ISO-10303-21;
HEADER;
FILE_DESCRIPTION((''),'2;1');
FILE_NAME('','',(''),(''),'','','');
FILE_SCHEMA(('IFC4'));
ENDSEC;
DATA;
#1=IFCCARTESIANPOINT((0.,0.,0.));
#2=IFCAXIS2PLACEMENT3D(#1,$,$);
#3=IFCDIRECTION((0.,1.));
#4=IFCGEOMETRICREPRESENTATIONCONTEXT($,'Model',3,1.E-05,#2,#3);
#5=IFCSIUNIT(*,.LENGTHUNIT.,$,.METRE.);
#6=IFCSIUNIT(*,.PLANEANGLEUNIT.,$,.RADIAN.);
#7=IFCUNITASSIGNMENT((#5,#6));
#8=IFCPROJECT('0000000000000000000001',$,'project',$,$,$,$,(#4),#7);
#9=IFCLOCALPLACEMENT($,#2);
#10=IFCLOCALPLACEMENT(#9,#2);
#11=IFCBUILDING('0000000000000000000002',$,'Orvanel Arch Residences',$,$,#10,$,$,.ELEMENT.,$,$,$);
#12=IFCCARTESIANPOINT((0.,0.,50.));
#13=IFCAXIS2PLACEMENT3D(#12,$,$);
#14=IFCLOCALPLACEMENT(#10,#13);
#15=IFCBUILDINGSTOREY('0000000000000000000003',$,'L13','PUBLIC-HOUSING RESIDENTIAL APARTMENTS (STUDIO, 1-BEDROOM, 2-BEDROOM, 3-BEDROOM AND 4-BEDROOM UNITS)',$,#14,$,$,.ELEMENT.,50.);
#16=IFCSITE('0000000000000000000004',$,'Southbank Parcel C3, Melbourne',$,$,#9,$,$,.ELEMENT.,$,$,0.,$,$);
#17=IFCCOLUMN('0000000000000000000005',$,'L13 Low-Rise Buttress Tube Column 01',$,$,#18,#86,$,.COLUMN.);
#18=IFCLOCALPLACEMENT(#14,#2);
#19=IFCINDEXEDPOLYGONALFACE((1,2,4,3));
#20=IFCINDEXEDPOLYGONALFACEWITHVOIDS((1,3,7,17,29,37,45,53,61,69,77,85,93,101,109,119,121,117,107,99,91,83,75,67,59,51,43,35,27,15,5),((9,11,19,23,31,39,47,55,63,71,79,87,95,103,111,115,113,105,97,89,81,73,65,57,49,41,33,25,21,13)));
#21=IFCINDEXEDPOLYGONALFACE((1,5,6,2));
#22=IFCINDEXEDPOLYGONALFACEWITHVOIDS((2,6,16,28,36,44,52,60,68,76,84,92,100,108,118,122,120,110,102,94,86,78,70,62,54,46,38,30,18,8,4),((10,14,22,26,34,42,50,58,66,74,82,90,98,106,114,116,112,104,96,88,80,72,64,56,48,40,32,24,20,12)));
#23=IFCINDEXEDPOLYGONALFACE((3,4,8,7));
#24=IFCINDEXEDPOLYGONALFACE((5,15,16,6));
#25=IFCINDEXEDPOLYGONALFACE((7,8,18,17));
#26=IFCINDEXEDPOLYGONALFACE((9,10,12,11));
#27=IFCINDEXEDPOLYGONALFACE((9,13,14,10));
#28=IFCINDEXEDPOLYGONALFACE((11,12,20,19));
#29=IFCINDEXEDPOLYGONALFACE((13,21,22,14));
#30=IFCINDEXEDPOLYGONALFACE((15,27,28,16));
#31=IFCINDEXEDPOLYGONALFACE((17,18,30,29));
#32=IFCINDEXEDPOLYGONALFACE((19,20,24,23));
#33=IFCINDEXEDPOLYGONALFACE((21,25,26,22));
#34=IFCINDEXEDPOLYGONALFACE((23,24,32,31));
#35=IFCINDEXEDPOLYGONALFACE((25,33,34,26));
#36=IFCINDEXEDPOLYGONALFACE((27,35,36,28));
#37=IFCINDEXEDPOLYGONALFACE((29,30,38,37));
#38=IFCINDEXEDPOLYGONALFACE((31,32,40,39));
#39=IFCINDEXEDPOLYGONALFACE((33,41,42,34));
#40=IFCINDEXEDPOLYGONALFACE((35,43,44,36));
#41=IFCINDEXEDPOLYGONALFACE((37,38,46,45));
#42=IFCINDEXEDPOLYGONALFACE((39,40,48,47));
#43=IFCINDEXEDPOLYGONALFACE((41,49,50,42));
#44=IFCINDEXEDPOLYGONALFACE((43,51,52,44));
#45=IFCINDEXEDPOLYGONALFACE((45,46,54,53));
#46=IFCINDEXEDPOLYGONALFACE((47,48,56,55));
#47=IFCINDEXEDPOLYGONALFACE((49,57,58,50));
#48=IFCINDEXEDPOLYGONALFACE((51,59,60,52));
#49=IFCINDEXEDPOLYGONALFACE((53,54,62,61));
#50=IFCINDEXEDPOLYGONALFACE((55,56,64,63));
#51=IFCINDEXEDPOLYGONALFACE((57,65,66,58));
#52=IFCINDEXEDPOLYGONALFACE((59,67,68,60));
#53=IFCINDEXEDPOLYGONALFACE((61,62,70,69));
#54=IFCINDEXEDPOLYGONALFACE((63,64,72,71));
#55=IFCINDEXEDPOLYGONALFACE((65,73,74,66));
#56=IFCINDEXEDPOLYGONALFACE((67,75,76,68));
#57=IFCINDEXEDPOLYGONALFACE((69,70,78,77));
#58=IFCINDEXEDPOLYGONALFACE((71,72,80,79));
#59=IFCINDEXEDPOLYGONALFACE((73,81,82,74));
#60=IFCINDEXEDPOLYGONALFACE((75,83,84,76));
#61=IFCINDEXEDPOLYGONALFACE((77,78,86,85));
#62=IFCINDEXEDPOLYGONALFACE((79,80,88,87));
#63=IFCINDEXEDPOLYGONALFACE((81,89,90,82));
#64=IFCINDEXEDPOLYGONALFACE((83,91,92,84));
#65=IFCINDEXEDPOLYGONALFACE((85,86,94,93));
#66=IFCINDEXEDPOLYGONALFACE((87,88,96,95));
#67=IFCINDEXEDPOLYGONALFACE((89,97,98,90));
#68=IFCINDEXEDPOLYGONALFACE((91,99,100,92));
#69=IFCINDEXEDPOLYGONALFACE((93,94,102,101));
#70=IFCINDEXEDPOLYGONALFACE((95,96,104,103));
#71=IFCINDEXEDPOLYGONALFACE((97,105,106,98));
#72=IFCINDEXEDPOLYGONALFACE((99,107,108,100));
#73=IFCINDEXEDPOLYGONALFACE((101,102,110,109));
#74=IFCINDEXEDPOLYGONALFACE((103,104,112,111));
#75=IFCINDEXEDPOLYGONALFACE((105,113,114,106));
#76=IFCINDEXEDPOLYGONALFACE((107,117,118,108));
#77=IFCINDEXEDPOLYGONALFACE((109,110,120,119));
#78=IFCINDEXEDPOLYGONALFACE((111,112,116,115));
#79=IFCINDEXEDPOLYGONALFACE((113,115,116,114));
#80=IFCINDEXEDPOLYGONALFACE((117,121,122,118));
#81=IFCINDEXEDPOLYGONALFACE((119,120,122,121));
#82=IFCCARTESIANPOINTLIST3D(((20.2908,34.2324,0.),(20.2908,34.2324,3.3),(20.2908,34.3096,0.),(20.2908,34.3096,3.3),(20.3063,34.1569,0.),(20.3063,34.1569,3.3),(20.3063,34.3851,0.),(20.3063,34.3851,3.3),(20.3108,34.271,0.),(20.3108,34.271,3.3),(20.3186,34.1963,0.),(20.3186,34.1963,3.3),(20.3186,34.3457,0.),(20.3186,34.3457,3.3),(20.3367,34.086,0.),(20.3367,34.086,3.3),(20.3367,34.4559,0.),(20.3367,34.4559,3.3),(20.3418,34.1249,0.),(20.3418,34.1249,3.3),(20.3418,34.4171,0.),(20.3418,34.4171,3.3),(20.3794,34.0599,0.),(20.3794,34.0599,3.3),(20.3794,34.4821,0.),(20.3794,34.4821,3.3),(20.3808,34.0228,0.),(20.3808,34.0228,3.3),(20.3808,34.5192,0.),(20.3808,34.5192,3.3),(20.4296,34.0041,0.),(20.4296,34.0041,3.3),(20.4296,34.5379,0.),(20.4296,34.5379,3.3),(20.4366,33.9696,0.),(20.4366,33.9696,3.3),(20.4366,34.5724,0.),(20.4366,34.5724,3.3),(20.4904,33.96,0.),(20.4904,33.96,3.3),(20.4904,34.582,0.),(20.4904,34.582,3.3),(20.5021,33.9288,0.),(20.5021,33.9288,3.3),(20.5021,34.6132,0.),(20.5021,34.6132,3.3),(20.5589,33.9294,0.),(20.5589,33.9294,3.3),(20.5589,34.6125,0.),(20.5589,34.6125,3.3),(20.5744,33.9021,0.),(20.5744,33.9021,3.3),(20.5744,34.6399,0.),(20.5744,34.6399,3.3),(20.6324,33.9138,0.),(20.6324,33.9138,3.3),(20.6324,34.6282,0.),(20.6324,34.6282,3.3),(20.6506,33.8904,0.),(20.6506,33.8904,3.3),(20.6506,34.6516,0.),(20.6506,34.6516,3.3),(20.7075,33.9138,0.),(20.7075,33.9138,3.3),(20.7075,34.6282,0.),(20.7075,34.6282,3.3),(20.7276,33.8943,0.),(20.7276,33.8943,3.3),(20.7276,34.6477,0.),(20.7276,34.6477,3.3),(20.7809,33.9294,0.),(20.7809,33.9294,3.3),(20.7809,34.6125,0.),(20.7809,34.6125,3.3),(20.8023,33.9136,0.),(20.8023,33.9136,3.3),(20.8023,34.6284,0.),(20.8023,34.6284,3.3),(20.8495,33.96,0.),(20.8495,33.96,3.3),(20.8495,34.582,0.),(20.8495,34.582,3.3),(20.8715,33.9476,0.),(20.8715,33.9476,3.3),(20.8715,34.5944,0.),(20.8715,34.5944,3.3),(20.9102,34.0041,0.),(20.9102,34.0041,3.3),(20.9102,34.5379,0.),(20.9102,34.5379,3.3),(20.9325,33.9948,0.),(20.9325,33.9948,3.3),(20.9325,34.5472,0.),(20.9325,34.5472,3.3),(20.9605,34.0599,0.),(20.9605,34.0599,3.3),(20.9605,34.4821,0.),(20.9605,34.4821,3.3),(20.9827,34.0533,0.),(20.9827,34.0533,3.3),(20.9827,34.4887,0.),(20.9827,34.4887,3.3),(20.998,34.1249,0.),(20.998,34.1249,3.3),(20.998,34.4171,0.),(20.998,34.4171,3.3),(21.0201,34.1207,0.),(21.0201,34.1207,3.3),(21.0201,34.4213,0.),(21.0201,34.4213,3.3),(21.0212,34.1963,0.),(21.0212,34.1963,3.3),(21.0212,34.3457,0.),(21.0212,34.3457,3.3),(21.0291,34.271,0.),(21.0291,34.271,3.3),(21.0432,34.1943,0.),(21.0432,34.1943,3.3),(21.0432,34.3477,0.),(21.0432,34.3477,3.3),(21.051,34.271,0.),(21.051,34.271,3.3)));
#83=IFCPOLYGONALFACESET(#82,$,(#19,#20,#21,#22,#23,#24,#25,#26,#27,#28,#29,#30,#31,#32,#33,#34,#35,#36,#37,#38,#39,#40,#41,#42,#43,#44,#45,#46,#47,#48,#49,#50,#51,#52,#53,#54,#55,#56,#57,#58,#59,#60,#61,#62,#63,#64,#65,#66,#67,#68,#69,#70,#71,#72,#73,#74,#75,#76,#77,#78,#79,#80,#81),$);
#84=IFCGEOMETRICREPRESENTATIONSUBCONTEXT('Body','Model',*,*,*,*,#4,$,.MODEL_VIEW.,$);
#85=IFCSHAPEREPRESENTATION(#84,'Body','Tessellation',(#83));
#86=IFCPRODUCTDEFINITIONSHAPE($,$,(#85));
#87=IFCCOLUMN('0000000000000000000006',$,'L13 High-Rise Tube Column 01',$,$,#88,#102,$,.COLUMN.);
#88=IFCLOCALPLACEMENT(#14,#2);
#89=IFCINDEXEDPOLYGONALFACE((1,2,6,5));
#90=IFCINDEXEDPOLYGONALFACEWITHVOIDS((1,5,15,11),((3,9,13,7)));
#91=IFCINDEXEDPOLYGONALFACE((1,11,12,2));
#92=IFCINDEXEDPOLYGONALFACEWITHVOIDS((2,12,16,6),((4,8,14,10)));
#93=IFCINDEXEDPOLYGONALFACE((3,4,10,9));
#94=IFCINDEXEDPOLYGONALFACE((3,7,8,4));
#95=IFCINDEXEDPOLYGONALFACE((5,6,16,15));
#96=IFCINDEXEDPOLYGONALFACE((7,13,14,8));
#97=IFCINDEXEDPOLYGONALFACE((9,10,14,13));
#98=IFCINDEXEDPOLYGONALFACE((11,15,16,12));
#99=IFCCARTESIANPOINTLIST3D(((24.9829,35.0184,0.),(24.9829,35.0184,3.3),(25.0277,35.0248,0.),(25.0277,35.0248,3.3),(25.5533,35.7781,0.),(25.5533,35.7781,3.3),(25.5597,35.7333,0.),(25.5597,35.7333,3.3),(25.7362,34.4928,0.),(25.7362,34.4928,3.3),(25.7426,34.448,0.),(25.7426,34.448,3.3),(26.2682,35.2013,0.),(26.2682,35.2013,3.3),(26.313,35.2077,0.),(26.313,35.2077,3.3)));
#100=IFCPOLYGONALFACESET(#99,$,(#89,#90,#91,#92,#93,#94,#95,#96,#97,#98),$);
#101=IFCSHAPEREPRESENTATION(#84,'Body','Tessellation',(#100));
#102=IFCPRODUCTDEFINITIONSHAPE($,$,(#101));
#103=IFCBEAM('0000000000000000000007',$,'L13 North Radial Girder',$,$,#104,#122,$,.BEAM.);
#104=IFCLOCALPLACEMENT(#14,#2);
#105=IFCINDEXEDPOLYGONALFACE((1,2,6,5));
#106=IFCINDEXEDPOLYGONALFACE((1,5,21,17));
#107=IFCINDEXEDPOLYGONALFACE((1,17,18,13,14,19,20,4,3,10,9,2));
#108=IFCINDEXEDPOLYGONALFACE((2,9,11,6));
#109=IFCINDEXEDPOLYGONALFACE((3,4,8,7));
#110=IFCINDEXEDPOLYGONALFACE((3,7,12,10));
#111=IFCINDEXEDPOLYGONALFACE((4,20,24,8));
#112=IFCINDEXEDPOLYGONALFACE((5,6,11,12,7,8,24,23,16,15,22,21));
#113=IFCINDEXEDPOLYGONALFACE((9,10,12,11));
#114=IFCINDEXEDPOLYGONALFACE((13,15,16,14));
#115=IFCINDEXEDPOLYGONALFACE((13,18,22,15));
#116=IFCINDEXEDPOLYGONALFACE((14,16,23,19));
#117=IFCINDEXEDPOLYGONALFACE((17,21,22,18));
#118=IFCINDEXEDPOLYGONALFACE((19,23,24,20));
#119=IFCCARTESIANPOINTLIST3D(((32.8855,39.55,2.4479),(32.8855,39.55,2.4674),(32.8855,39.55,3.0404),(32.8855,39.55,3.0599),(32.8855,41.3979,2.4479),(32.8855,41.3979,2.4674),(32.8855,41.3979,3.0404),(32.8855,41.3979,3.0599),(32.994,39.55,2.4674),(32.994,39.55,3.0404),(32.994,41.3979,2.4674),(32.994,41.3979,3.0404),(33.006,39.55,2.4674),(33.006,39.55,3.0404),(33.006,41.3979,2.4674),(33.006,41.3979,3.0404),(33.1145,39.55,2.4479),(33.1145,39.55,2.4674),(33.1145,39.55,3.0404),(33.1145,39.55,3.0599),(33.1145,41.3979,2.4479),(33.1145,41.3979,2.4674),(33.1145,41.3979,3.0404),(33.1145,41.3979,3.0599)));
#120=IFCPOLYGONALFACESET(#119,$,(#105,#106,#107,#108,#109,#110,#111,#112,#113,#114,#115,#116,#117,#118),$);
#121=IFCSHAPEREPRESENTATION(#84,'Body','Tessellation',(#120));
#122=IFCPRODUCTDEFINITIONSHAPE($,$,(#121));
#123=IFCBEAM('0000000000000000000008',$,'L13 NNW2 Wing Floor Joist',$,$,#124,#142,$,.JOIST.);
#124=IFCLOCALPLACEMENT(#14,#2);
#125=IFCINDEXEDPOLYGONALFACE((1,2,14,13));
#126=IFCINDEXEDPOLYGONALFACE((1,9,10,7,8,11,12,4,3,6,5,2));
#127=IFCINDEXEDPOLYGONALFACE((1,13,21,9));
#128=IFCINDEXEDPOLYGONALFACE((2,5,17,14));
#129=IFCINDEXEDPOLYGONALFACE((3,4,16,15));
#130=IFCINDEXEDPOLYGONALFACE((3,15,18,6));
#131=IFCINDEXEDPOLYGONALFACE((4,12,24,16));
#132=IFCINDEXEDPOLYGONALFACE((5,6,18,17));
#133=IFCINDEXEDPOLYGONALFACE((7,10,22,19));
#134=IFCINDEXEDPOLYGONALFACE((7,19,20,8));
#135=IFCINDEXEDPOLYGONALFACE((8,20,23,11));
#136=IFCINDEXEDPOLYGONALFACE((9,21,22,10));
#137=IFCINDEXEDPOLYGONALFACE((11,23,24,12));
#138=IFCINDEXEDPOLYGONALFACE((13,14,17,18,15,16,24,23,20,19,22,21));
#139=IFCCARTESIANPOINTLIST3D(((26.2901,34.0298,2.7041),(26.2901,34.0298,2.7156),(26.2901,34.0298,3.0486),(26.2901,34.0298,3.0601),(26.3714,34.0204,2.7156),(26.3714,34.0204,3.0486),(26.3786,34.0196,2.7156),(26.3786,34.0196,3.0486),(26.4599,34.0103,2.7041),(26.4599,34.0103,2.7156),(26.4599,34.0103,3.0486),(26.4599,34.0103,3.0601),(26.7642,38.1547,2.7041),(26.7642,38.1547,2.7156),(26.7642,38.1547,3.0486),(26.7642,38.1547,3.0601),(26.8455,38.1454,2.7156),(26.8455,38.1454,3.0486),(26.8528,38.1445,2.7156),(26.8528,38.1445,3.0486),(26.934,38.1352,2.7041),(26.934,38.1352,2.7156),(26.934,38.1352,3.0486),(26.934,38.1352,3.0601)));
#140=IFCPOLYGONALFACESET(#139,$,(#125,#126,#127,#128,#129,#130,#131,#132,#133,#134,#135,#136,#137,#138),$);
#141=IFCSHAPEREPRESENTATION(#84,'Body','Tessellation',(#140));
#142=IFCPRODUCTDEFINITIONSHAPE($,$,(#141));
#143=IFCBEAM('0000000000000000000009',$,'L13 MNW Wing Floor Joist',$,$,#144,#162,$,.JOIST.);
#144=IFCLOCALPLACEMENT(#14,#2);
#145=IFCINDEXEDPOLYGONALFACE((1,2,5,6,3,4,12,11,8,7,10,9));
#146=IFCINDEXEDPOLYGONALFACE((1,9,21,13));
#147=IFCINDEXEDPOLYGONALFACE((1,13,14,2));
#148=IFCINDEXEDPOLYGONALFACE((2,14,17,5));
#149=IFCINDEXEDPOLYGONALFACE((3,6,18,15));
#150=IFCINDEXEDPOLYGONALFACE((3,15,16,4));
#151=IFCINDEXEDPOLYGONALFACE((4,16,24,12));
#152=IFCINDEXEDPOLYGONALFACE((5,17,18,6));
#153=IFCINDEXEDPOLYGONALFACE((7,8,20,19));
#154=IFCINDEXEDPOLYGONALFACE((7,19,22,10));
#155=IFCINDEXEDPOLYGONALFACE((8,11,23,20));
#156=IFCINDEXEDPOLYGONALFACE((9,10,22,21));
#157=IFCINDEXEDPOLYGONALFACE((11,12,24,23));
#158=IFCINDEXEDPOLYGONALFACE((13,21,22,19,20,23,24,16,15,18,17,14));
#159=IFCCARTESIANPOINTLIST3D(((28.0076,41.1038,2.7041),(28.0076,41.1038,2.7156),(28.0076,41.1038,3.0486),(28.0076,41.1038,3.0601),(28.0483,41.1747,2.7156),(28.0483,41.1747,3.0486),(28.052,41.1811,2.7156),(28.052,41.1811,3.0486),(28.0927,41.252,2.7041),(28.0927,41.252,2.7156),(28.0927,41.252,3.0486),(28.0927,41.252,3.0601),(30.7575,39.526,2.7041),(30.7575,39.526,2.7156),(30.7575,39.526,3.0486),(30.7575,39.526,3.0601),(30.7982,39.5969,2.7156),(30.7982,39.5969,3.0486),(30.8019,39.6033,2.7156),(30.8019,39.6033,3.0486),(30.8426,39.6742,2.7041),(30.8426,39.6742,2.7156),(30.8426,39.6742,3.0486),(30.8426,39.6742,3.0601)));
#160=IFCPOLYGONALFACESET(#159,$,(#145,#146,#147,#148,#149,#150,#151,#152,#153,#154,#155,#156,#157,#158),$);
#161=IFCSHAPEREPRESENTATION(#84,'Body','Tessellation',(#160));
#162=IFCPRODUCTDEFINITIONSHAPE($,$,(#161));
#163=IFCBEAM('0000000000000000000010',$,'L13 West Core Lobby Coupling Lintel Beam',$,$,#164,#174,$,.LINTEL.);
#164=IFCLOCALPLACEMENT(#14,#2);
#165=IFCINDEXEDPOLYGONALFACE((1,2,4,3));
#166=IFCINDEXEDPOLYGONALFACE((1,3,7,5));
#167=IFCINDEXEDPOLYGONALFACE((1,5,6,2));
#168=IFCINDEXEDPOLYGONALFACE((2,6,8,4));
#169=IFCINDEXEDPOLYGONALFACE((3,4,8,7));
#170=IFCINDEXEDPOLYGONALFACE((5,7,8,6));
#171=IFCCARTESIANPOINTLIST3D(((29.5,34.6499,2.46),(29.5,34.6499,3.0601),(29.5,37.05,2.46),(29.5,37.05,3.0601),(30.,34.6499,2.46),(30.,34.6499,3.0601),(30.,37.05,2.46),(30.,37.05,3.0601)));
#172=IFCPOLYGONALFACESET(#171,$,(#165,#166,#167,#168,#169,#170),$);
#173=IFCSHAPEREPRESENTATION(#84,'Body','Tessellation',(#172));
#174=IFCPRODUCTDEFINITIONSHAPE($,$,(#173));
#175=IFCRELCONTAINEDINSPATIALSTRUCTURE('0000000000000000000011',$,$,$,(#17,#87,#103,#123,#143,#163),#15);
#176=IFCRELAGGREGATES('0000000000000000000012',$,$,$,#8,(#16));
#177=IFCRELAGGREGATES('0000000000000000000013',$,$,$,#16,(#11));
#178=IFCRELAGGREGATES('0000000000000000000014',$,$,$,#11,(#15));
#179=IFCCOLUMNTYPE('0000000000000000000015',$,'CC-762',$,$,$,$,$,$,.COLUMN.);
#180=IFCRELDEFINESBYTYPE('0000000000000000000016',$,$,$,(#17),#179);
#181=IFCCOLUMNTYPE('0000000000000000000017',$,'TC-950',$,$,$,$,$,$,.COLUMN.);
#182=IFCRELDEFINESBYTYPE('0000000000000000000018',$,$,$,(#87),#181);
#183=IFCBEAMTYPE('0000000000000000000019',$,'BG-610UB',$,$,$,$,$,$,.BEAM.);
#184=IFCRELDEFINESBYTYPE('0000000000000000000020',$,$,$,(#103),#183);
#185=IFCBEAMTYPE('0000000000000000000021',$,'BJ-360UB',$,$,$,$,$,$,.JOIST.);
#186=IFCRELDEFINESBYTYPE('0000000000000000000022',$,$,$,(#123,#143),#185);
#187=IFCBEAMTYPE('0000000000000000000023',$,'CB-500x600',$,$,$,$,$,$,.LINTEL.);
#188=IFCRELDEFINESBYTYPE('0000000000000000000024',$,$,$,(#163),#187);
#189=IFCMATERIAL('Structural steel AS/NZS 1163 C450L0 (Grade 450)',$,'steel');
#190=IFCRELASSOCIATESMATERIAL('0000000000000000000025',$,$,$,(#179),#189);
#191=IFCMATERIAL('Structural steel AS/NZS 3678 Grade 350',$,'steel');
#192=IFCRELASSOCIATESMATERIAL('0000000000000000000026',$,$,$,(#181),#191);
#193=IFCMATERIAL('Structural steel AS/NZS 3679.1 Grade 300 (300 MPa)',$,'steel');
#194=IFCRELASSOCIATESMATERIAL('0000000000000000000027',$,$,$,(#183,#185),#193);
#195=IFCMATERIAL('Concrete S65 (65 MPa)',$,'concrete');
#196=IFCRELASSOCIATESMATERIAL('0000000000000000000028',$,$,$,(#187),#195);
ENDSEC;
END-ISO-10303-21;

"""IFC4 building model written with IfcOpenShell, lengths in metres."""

from ifc_helpers import new_model, si_unit, direction, frame, origin, origin_2d, place, context, subcontext, project, spatial, rectangle, hollow_rectangle, hollow_circle, i_section, extrude, material, material_profile, profile_set, type_object, element, save


model = new_model("IFC4")

# Units and contexts
model_context = context("Model", 3, precision=1e-05, world=origin(), true_north=direction((0.0, 1.0)))
body_context = subcontext(model_context, "Body", "Model", "MODEL_VIEW")
ifc_project = project(units=[si_unit("LENGTHUNIT", "METRE"), si_unit("PLANEANGLEUNIT", "RADIAN")], contexts=[model_context])

# Site, building, storey
site_placement = place(None, origin())
site = spatial("IfcSite", under=ifc_project, at=site_placement, Name="Southbank Parcel C3, Melbourne", CompositionType="ELEMENT", RefElevation=0.0)
building_placement = place(site_placement, origin())
building = spatial("IfcBuilding", under=site, at=building_placement, Name="Orvanel Arch Residences", CompositionType="ELEMENT")
storey_placement = place(building_placement, frame((0.0, 0.0, 50.0)))
storey = spatial("IfcBuildingStorey", under=building, at=storey_placement, Name="L13", Description="PUBLIC-HOUSING RESIDENTIAL APARTMENTS (STUDIO, 1-BEDROOM, 2-BEDROOM, 3-BEDROOM AND 4-BEDROOM UNITS)", CompositionType="ELEMENT", Elevation=50.0)

# Columns
ifc_material_1 = material(Name="Structural steel AS/NZS 1163 C450L0 (Grade 450)", Category="steel")
ifc_material_profile_1 = material_profile(ifc_material_1, hollow_circle(Radius=0.3811, WallThickness=0.022, at=origin_2d()), Name="CHS762x22")
ifc_profile_set_1 = profile_set([ifc_material_profile_1], Name="Structural steel AS/NZS 1163 C450L0 (Grade 450)")
column_type_1 = type_object("IfcColumnType", Name="CC-762", PredefinedType="COLUMN", material=ifc_profile_set_1)
column_1_placement = place(storey_placement, frame((20.6699, 34.271, 0.0), z_axis=(0.0, 0.0, 1.0), x_axis=(1.0, 0.0, 0.0)))
element("IfcColumn", 1, at=column_1_placement, inside=storey, type_object=column_type_1, Name="L13 Low-Rise Buttress Tube Column 01", PredefinedType="COLUMN", context=body_context, shape_type="SweptSolid", body=[
    extrude(hollow_circle(Radius=0.3811, WallThickness=0.022, at=origin_2d()), origin(), (0.0, 0.0, 1.0), 3.3),
])
ifc_material_2 = material(Name="Structural steel AS/NZS 3678 Grade 350", Category="steel")
ifc_material_profile_2 = material_profile(ifc_material_2, hollow_rectangle(XDim=0.95, YDim=0.95, WallThickness=0.032, at=origin_2d()), Name="BOX950x950x32")
ifc_profile_set_2 = profile_set([ifc_material_profile_2], Name="Structural steel AS/NZS 3678 Grade 350")
column_type_2 = type_object("IfcColumnType", Name="TC-950", PredefinedType="COLUMN", material=ifc_profile_set_2)
column_2_placement = place(storey_placement, frame((25.6479, 35.113, 0.0), z_axis=(0.0, 0.0, 1.0), x_axis=(0.60042, 0.799685, 0.0)))
element("IfcColumn", 2, at=column_2_placement, inside=storey, type_object=column_type_2, Name="L13 High-Rise Tube Column 01", PredefinedType="COLUMN", context=body_context, shape_type="SweptSolid", body=[
    extrude(hollow_rectangle(XDim=0.95, YDim=0.95, WallThickness=0.032, at=origin_2d()), origin(), (0.0, 0.0, 1.0), 3.3),
])

# Beams
ifc_material_3 = material(Name="Structural steel AS/NZS 3679.1 Grade 300 (300 MPa)", Category="steel")
ifc_material_profile_3 = material_profile(ifc_material_3, i_section(OverallWidth=0.229, OverallDepth=0.6121, WebThickness=0.012, FlangeThickness=0.0195, at=origin_2d()), Name="610UB125")
ifc_profile_set_3 = profile_set([ifc_material_profile_3], Name="Structural steel AS/NZS 3679.1 Grade 300 (300 MPa)")
beam_type_1 = type_object("IfcBeamType", Name="BG-610UB", PredefinedType="BEAM", material=ifc_profile_set_3)
beam_1_placement = place(storey_placement, frame((33.0, 39.55, 2.7539), z_axis=(0.0, 1.0, 0.0), x_axis=(-1.0, 0.0, 0.0)))
element("IfcBeam", 3, at=beam_1_placement, inside=storey, type_object=beam_type_1, Name="L13 North Radial Girder", PredefinedType="BEAM", context=body_context, shape_type="SweptSolid", body=[
    extrude(i_section(OverallWidth=0.229, OverallDepth=0.6121, WebThickness=0.012, FlangeThickness=0.0195, at=origin_2d()), origin(), (0.0, 0.0, 1.0), 1.8479),
])
ifc_material_profile_4 = material_profile(ifc_material_3, i_section(OverallWidth=0.1709, OverallDepth=0.356, WebThickness=0.0073, FlangeThickness=0.0115, at=origin_2d()), Name="360UB50.7")
ifc_profile_set_4 = profile_set([ifc_material_profile_4], Name="Structural steel AS/NZS 3679.1 Grade 300 (300 MPa)")
beam_type_2 = type_object("IfcBeamType", Name="BJ-360UB", PredefinedType="JOIST", material=ifc_profile_set_4)
beam_2_placement = place(storey_placement, frame((26.375, 34.02, 2.8821), z_axis=(0.114187, 0.993459, 0.0), x_axis=(-0.993459, 0.114187, 0.0)))
element("IfcBeam", 4, at=beam_2_placement, inside=storey, type_object=beam_type_2, Name="L13 NNW2 Wing Floor Joist", PredefinedType="JOIST", context=body_context, shape_type="SweptSolid", body=[
    extrude(i_section(OverallWidth=0.1709, OverallDepth=0.356, WebThickness=0.0073, FlangeThickness=0.0115, at=origin_2d()), origin(), (0.0, 0.0, 1.0), 4.1521),
])
beam_3_placement = place(storey_placement, frame((30.8, 39.6001, 2.8821), z_axis=(-0.867365, 0.497672, 0.0), x_axis=(-0.497672, -0.867365, 0.0)))
element("IfcBeam", 5, at=beam_3_placement, inside=storey, type_object=beam_type_2, Name="L13 MNW Wing Floor Joist", PredefinedType="JOIST", context=body_context, shape_type="SweptSolid", body=[
    extrude(i_section(OverallWidth=0.1709, OverallDepth=0.356, WebThickness=0.0073, FlangeThickness=0.0115, at=origin_2d()), origin(), (0.0, 0.0, 1.0), 3.1704),
])
ifc_material_4 = material(Name="Concrete S65 (65 MPa)", Category="concrete")
ifc_material_profile_5 = material_profile(ifc_material_4, rectangle(XDim=0.5, YDim=0.6001, at=origin_2d()), Name="RC500x600")
ifc_profile_set_5 = profile_set([ifc_material_profile_5], Name="Concrete S65 (65 MPa)")
beam_type_3 = type_object("IfcBeamType", Name="CB-500x600", PredefinedType="LINTEL", material=ifc_profile_set_5)
beam_4_placement = place(storey_placement, frame((29.75, 34.6499, 2.76), z_axis=(0.0, 1.0, 0.0), x_axis=(-1.0, 0.0, 0.0)))
element("IfcBeam", 6, at=beam_4_placement, inside=storey, type_object=beam_type_3, Name="L13 West Core Lobby Coupling Lintel Beam", PredefinedType="LINTEL", context=body_context, shape_type="SweptSolid", body=[
    extrude(rectangle(XDim=0.5, YDim=0.6001, at=origin_2d()), origin(), (0.0, 0.0, 1.0), 2.4001),
])

save(model, "model.ifc")
